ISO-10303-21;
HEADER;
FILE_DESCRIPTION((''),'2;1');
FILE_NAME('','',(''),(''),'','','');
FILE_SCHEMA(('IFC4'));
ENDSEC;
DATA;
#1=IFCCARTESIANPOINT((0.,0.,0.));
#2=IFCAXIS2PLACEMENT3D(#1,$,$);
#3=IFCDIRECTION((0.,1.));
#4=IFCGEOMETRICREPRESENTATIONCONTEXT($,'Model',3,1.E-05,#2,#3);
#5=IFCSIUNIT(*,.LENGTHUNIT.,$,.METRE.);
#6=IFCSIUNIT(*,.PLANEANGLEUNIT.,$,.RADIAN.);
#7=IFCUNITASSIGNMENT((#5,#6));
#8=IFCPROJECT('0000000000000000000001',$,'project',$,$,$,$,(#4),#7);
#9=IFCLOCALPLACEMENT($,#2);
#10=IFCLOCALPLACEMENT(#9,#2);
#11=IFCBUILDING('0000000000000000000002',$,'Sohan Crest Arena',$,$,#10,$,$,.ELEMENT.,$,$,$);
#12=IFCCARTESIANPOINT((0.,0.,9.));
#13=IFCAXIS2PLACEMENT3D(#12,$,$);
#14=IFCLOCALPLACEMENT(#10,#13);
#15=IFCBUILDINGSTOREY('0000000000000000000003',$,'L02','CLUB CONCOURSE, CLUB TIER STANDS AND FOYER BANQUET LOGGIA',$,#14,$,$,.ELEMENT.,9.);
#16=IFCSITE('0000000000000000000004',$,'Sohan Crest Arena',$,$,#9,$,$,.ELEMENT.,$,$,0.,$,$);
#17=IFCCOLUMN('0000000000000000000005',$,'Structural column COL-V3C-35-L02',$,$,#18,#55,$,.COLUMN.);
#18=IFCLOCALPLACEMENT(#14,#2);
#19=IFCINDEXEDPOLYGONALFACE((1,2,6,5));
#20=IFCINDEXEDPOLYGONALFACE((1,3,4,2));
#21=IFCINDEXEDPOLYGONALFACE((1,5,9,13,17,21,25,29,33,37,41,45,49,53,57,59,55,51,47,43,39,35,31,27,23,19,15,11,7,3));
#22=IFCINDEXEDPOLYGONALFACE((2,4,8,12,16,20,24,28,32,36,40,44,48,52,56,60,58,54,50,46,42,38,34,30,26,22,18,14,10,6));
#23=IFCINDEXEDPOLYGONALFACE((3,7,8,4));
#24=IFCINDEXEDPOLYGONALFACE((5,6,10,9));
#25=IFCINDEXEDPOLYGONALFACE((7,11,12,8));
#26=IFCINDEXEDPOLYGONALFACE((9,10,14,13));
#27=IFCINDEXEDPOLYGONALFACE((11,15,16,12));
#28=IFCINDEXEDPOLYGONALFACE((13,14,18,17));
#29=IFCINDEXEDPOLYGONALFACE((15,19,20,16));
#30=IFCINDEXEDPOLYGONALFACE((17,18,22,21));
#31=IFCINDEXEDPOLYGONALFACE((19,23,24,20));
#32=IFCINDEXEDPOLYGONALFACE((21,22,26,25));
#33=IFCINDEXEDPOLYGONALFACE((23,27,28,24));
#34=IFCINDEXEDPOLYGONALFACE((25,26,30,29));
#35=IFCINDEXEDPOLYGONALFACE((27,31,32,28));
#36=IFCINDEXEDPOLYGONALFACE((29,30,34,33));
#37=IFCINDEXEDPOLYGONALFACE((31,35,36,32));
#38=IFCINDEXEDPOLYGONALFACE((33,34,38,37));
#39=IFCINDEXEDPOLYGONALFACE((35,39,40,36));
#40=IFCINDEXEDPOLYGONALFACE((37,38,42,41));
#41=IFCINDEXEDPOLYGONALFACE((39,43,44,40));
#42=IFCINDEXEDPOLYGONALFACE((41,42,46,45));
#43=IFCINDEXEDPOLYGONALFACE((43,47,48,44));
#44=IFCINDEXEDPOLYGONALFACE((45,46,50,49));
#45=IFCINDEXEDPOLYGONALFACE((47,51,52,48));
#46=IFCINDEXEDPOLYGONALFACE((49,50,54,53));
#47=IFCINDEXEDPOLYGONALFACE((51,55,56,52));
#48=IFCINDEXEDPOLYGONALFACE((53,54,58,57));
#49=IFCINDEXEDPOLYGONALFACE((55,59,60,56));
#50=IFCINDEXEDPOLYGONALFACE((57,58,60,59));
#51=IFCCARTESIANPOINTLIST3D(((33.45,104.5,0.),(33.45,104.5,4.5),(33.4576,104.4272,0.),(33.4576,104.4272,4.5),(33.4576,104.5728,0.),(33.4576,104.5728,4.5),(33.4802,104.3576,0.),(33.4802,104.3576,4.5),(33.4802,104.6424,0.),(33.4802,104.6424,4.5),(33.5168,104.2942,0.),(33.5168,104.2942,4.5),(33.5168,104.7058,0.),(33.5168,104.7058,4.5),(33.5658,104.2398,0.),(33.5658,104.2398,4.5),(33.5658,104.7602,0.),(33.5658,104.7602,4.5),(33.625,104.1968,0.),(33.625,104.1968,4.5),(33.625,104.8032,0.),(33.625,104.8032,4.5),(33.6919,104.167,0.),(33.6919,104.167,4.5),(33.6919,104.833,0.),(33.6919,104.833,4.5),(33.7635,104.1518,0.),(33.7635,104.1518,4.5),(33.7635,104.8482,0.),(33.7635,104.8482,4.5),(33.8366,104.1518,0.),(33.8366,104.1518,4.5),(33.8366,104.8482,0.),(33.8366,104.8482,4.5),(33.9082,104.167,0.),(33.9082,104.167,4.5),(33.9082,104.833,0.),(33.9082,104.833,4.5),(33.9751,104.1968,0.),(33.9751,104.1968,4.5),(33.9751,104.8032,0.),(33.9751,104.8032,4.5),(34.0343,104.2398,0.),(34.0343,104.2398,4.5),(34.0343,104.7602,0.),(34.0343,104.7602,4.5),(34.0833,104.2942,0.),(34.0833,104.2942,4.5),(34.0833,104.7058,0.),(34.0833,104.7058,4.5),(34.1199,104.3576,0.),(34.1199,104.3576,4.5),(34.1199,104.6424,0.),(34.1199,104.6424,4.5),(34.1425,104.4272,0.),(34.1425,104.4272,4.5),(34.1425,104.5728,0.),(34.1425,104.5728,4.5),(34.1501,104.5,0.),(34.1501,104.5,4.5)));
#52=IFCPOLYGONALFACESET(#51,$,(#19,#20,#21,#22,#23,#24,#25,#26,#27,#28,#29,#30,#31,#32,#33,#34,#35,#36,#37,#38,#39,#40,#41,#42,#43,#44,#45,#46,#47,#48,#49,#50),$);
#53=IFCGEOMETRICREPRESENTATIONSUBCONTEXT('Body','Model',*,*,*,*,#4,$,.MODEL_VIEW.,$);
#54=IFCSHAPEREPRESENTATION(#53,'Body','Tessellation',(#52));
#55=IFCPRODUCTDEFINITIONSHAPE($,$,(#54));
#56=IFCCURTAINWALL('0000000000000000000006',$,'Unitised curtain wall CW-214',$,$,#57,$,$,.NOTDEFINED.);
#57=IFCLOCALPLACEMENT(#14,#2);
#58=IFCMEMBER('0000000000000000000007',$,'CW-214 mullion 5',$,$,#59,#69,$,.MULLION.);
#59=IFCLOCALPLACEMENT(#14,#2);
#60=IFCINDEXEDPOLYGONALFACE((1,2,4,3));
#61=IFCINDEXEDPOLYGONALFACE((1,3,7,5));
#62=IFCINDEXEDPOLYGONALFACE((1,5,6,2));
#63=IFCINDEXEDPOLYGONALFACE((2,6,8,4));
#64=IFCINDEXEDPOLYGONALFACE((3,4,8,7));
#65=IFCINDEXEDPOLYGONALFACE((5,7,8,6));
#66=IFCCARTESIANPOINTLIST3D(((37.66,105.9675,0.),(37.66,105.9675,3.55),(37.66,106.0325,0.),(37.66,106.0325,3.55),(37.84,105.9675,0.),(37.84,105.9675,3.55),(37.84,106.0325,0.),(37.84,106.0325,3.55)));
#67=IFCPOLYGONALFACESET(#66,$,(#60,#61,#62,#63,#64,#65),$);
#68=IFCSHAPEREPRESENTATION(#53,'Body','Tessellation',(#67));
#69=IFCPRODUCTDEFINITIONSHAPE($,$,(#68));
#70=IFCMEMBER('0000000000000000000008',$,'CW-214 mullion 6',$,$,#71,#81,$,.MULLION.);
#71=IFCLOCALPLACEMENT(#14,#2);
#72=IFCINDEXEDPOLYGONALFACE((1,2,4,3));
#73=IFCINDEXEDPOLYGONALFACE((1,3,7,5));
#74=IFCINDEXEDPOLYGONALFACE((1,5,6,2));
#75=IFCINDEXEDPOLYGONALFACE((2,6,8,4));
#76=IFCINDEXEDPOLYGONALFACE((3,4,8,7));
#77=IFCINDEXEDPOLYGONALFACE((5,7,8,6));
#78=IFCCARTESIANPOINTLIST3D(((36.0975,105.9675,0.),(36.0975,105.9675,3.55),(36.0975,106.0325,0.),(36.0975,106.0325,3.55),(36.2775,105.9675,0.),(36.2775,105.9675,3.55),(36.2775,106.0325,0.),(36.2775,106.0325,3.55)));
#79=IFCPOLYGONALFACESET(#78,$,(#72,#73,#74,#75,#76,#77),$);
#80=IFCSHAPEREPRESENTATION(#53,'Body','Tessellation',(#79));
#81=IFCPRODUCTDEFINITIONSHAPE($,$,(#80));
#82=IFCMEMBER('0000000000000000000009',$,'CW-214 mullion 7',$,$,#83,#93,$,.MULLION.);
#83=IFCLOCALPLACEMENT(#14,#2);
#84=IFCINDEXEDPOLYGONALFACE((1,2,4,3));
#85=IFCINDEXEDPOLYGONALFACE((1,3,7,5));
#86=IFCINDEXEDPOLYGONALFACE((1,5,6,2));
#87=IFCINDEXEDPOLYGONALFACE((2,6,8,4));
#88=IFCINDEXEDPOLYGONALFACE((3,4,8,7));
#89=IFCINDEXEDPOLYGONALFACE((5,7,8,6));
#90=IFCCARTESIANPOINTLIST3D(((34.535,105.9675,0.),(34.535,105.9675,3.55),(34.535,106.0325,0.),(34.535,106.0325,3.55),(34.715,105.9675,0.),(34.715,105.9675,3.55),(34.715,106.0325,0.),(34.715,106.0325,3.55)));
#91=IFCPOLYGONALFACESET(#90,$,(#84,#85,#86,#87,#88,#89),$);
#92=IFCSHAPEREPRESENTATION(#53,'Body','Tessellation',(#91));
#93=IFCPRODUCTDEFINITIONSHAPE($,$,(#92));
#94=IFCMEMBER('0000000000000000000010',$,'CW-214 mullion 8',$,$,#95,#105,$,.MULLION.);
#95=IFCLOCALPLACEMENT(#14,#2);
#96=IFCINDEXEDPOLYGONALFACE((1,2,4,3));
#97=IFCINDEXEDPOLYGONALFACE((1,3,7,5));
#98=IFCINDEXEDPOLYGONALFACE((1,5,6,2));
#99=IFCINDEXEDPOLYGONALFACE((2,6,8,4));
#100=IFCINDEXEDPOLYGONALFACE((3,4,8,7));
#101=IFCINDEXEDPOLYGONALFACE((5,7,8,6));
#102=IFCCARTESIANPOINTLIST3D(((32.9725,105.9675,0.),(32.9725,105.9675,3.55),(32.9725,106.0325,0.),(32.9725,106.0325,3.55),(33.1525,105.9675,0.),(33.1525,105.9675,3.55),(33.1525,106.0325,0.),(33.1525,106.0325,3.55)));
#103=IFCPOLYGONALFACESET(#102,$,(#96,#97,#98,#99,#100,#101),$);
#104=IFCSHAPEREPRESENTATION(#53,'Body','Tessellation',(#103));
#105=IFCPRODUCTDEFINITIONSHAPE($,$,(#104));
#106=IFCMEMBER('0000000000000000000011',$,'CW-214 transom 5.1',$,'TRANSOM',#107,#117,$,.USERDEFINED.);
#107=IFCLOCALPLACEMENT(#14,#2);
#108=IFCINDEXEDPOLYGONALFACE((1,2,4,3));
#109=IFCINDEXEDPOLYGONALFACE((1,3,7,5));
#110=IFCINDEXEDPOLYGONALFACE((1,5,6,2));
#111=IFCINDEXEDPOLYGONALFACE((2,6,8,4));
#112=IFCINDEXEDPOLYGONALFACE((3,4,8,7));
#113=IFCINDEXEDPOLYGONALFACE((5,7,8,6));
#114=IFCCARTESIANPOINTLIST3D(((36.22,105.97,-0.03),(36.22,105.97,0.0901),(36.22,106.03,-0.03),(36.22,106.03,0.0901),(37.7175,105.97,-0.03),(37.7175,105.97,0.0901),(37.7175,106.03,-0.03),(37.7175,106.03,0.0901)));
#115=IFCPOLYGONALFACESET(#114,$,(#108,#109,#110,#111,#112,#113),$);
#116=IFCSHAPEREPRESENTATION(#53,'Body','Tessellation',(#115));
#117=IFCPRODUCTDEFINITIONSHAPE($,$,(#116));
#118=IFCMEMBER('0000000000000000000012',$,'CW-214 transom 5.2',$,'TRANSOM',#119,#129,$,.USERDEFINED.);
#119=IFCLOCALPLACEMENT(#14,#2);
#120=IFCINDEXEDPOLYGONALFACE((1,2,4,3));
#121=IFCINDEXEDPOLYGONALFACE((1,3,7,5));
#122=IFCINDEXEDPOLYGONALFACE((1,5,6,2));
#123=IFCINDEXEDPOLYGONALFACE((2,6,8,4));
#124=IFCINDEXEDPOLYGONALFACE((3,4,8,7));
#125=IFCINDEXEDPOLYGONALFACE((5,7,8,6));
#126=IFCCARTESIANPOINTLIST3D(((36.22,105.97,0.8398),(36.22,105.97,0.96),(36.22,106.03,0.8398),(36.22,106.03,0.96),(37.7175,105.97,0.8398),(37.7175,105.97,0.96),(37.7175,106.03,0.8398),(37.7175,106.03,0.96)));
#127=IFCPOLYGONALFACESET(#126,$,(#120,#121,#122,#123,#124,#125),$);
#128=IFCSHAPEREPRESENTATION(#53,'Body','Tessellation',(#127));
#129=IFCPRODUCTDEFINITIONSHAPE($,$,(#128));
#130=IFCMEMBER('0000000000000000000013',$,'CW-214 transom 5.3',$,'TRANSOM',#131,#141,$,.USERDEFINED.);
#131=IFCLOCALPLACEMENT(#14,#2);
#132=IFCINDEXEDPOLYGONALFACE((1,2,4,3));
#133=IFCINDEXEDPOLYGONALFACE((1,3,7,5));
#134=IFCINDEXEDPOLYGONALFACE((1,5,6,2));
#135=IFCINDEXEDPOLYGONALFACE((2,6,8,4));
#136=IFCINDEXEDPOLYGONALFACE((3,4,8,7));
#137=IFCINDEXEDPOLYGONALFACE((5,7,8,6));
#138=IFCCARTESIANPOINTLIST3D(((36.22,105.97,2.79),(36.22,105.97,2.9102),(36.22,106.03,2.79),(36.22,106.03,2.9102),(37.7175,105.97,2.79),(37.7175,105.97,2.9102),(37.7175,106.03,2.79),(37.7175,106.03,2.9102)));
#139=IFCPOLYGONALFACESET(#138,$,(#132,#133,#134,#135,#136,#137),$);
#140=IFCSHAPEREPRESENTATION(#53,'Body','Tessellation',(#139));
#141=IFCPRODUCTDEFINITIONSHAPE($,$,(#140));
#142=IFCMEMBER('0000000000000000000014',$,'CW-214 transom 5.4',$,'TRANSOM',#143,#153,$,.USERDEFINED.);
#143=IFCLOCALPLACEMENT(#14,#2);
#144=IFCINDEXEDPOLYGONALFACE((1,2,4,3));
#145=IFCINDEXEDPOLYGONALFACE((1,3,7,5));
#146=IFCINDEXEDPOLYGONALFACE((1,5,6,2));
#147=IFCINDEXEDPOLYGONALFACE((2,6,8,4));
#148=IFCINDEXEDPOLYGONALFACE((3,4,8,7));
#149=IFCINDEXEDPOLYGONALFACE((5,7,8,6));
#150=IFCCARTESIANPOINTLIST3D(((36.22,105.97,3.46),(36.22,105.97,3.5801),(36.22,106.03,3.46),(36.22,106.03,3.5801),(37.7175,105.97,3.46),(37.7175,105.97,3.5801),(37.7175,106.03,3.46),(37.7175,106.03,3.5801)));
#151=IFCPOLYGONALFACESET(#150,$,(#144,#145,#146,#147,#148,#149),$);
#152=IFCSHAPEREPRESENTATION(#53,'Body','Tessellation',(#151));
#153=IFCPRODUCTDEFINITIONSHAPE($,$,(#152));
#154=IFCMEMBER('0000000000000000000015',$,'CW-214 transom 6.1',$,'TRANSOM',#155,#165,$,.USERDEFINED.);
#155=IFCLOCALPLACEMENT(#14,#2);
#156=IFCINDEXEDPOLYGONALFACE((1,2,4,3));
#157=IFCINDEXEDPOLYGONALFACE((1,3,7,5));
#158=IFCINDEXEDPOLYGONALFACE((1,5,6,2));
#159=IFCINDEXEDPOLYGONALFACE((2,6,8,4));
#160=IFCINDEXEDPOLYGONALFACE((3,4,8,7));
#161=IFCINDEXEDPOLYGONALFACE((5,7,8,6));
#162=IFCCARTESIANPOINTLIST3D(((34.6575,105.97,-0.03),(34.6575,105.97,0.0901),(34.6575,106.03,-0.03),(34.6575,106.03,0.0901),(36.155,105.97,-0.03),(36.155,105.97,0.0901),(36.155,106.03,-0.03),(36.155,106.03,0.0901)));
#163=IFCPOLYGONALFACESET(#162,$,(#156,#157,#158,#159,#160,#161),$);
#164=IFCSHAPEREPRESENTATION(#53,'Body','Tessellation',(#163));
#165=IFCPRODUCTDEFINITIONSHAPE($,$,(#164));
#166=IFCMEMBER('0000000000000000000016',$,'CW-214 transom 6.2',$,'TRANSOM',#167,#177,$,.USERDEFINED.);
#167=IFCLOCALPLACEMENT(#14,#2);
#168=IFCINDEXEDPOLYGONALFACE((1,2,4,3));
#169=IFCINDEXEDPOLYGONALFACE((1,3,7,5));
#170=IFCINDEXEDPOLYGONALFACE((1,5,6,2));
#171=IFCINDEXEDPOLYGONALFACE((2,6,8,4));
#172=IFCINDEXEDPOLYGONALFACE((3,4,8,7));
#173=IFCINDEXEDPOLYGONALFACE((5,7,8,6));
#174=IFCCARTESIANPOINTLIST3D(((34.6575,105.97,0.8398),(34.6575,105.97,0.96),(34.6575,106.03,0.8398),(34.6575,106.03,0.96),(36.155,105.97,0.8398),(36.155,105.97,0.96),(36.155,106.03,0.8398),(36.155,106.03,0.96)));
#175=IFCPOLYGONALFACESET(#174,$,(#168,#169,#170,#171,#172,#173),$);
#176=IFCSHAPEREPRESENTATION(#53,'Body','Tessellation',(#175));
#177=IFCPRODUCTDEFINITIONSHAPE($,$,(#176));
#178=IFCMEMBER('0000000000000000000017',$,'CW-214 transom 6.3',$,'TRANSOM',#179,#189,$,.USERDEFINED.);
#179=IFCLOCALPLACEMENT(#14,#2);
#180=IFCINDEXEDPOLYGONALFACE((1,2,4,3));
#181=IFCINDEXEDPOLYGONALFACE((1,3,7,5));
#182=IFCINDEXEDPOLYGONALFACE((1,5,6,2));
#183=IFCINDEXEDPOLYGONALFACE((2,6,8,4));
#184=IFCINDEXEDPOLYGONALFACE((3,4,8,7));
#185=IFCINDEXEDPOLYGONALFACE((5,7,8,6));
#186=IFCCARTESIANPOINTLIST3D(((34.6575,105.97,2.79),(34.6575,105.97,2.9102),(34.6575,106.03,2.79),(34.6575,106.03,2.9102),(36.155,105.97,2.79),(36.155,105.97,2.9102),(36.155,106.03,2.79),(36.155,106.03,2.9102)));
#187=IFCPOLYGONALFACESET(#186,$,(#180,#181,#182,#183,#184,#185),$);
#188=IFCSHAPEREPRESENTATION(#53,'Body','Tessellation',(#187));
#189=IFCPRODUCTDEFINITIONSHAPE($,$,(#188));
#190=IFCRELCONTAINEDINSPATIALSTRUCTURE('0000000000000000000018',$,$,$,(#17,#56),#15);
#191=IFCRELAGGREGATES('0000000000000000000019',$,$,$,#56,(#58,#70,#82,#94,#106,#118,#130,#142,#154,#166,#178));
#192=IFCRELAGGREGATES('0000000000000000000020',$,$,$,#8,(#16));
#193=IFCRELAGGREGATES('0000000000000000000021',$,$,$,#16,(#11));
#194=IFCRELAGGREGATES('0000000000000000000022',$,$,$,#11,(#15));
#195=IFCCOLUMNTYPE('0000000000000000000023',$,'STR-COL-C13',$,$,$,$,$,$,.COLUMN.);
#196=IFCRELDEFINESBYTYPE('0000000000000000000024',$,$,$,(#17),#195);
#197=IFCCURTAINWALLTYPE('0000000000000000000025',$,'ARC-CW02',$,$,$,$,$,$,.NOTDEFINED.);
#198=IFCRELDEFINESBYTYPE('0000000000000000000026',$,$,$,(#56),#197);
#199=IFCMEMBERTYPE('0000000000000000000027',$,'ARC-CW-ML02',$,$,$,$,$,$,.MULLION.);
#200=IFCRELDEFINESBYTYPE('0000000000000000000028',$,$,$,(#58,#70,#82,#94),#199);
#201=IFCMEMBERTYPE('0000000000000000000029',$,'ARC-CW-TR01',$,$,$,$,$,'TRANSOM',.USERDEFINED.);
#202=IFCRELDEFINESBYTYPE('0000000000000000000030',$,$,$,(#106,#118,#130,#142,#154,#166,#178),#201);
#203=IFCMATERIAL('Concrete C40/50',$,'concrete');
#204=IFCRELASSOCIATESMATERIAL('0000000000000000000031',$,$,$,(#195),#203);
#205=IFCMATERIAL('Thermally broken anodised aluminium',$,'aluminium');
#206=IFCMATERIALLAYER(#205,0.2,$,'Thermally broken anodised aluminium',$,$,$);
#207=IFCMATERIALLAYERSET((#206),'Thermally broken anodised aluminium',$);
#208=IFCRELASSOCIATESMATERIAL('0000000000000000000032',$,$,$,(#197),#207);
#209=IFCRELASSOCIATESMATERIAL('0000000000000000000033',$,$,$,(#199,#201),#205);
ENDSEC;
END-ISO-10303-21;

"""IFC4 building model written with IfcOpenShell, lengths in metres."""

from ifc_helpers import new_model, si_unit, direction, frame, origin, origin_2d, place, context, subcontext, project, spatial, rectangle, circle, extrude, material, layer, layer_set, material_profile, profile_set, type_object, element, aggregate, save


model = new_model("IFC4")

# Units and contexts
model_context = context("Model", 3, precision=1e-05, world=origin(), true_north=direction((0.0, 1.0)))
body_context = subcontext(model_context, "Body", "Model", "MODEL_VIEW")
ifc_project = project(units=[si_unit("LENGTHUNIT", "METRE"), si_unit("PLANEANGLEUNIT", "RADIAN")], contexts=[model_context])

# Site, building, storey
site_placement = place(None, origin())
site = spatial("IfcSite", under=ifc_project, at=site_placement, Name="Sohan Crest Arena", CompositionType="ELEMENT", RefElevation=0.0)
building_placement = place(site_placement, origin())
building = spatial("IfcBuilding", under=site, at=building_placement, Name="Sohan Crest Arena", CompositionType="ELEMENT")
storey_placement = place(building_placement, frame((0.0, 0.0, 9.0)))
storey = spatial("IfcBuildingStorey", under=building, at=storey_placement, Name="L02", Description="CLUB CONCOURSE, CLUB TIER STANDS AND FOYER BANQUET LOGGIA", CompositionType="ELEMENT", Elevation=9.0)

# Column
ifc_material_1 = material(Name="Concrete C40/50", Category="concrete")
ifc_material_profile_1 = material_profile(ifc_material_1, circle(Radius=0.3501, at=origin_2d()), Name="RC D700")
ifc_profile_set_1 = profile_set([ifc_material_profile_1], Name="Concrete C40/50")
column_type = type_object("IfcColumnType", Name="STR-COL-C13", PredefinedType="COLUMN", material=ifc_profile_set_1)
column_placement = place(storey_placement, frame((33.8, 104.5, 0.0), z_axis=(0.0, 0.0, 1.0), x_axis=(1.0, 0.0, 0.0)))
element("IfcColumn", 1, at=column_placement, inside=storey, type_object=column_type, Name="Structural column COL-V3C-35-L02", PredefinedType="COLUMN", context=body_context, shape_type="SweptSolid", body=[
    extrude(circle(Radius=0.3501, at=origin_2d()), origin(), (0.0, 0.0, 1.0), 4.5),
])

# Curtain wall, members
ifc_material_2 = material(Name="Thermally broken anodised aluminium", Category="aluminium")
ifc_layer_1 = layer(ifc_material_2, 0.2, Name="Thermally broken anodised aluminium")
ifc_layer_set_1 = layer_set([ifc_layer_1], Name="Thermally broken anodised aluminium")
curtain_wall_type = type_object("IfcCurtainWallType", Name="ARC-CW02", PredefinedType="NOTDEFINED", material=ifc_layer_set_1)
curtain_wall_placement = place(storey_placement, origin())
curtain_wall = element("IfcCurtainWall", 2, at=curtain_wall_placement, inside=storey, type_object=curtain_wall_type, Name="Unitised curtain wall CW-214", PredefinedType="NOTDEFINED")
ifc_material_profile_2 = material_profile(ifc_material_2, rectangle(XDim=0.0649, YDim=0.1799, at=origin_2d()), Name="ALU-MULL 65x180")
ifc_profile_set_2 = profile_set([ifc_material_profile_2], Name="Thermally broken anodised aluminium")
member_type_1 = type_object("IfcMemberType", Name="ARC-CW-ML02", PredefinedType="MULLION", material=ifc_profile_set_2)
member_1_placement = place(storey_placement, frame((37.75, 106.0, 0.0), z_axis=(0.0, 0.0, 1.0), x_axis=(0.0, -1.0, 0.0)))
member_1 = element("IfcMember", 3, at=member_1_placement, type_object=member_type_1, Name="CW-214 mullion 5", PredefinedType="MULLION", context=body_context, shape_type="SweptSolid", body=[
    extrude(rectangle(XDim=0.0649, YDim=0.1799, at=origin_2d()), origin(), (0.0, 0.0, 1.0), 3.55),
])
member_2_placement = place(storey_placement, frame((36.1875, 106.0, 0.0), z_axis=(0.0, 0.0, 1.0), x_axis=(0.0, -1.0, 0.0)))
member_2 = element("IfcMember", 4, at=member_2_placement, type_object=member_type_1, Name="CW-214 mullion 6", PredefinedType="MULLION", context=body_context, shape_type="SweptSolid", body=[
    extrude(rectangle(XDim=0.0649, YDim=0.1799, at=origin_2d()), origin(), (0.0, 0.0, 1.0), 3.55),
])
member_3_placement = place(storey_placement, frame((34.625, 106.0, 0.0), z_axis=(0.0, 0.0, 1.0), x_axis=(0.0, -1.0, 0.0)))
member_3 = element("IfcMember", 5, at=member_3_placement, type_object=member_type_1, Name="CW-214 mullion 7", PredefinedType="MULLION", context=body_context, shape_type="SweptSolid", body=[
    extrude(rectangle(XDim=0.0649, YDim=0.1799, at=origin_2d()), origin(), (0.0, 0.0, 1.0), 3.55),
])
member_4_placement = place(storey_placement, frame((33.0625, 106.0, 0.0), z_axis=(0.0, 0.0, 1.0), x_axis=(0.0, -1.0, 0.0)))
member_4 = element("IfcMember", 6, at=member_4_placement, type_object=member_type_1, Name="CW-214 mullion 8", PredefinedType="MULLION", context=body_context, shape_type="SweptSolid", body=[
    extrude(rectangle(XDim=0.0649, YDim=0.1799, at=origin_2d()), origin(), (0.0, 0.0, 1.0), 3.55),
])
ifc_material_profile_3 = material_profile(ifc_material_2, rectangle(XDim=0.0601, YDim=0.1201, at=origin_2d()), Name="ALU-TRAN 60x120")
ifc_profile_set_3 = profile_set([ifc_material_profile_3], Name="Thermally broken anodised aluminium")
member_type_2 = type_object("IfcMemberType", Name="ARC-CW-TR01", ElementType="TRANSOM", PredefinedType="USERDEFINED", material=ifc_profile_set_3)
member_5_placement = place(storey_placement, frame((37.7175, 106.0, 0.03), z_axis=(-1.0, 0.0, 0.0), x_axis=(0.0, -1.0, 0.0)))
member_5 = element("IfcMember", 7, at=member_5_placement, type_object=member_type_2, Name="CW-214 transom 5.1", ObjectType="TRANSOM", PredefinedType="USERDEFINED", context=body_context, shape_type="SweptSolid", body=[
    extrude(rectangle(XDim=0.0601, YDim=0.1201, at=origin_2d()), origin(), (0.0, 0.0, 1.0), 1.4976),
])
member_6_placement = place(storey_placement, frame((37.7175, 106.0, 0.8999), z_axis=(-1.0, 0.0, 0.0), x_axis=(0.0, -1.0, 0.0)))
member_6 = element("IfcMember", 8, at=member_6_placement, type_object=member_type_2, Name="CW-214 transom 5.2", ObjectType="TRANSOM", PredefinedType="USERDEFINED", context=body_context, shape_type="SweptSolid", body=[
    extrude(rectangle(XDim=0.0601, YDim=0.1201, at=origin_2d()), origin(), (0.0, 0.0, 1.0), 1.4976),
])
member_7_placement = place(storey_placement, frame((37.7175, 106.0, 2.8501), z_axis=(-1.0, 0.0, 0.0), x_axis=(0.0, -1.0, 0.0)))
member_7 = element("IfcMember", 9, at=member_7_placement, type_object=member_type_2, Name="CW-214 transom 5.3", ObjectType="TRANSOM", PredefinedType="USERDEFINED", context=body_context, shape_type="SweptSolid", body=[
    extrude(rectangle(XDim=0.0601, YDim=0.1201, at=origin_2d()), origin(), (0.0, 0.0, 1.0), 1.4976),
])
member_8_placement = place(storey_placement, frame((37.7175, 106.0, 3.52), z_axis=(-1.0, 0.0, 0.0), x_axis=(0.0, -1.0, 0.0)))
member_8 = element("IfcMember", 10, at=member_8_placement, type_object=member_type_2, Name="CW-214 transom 5.4", ObjectType="TRANSOM", PredefinedType="USERDEFINED", context=body_context, shape_type="SweptSolid", body=[
    extrude(rectangle(XDim=0.0601, YDim=0.1201, at=origin_2d()), origin(), (0.0, 0.0, 1.0), 1.4976),
])
member_9_placement = place(storey_placement, frame((36.155, 106.0, 0.03), z_axis=(-1.0, 0.0, 0.0), x_axis=(0.0, -1.0, 0.0)))
member_9 = element("IfcMember", 11, at=member_9_placement, type_object=member_type_2, Name="CW-214 transom 6.1", ObjectType="TRANSOM", PredefinedType="USERDEFINED", context=body_context, shape_type="SweptSolid", body=[
    extrude(rectangle(XDim=0.0601, YDim=0.1201, at=origin_2d()), origin(), (0.0, 0.0, 1.0), 1.4976),
])
member_10_placement = place(storey_placement, frame((36.155, 106.0, 0.8999), z_axis=(-1.0, 0.0, 0.0), x_axis=(0.0, -1.0, 0.0)))
member_10 = element("IfcMember", 12, at=member_10_placement, type_object=member_type_2, Name="CW-214 transom 6.2", ObjectType="TRANSOM", PredefinedType="USERDEFINED", context=body_context, shape_type="SweptSolid", body=[
    extrude(rectangle(XDim=0.0601, YDim=0.1201, at=origin_2d()), origin(), (0.0, 0.0, 1.0), 1.4976),
])
member_11_placement = place(storey_placement, frame((36.155, 106.0, 2.8501), z_axis=(-1.0, 0.0, 0.0), x_axis=(0.0, -1.0, 0.0)))
member_11 = element("IfcMember", 13, at=member_11_placement, type_object=member_type_2, Name="CW-214 transom 6.3", ObjectType="TRANSOM", PredefinedType="USERDEFINED", context=body_context, shape_type="SweptSolid", body=[
    extrude(rectangle(XDim=0.0601, YDim=0.1201, at=origin_2d()), origin(), (0.0, 0.0, 1.0), 1.4976),
])

aggregate(curtain_wall, [member_1, member_2, member_3, member_4, member_5, member_6, member_7, member_8, member_9, member_10, member_11])

save(model, "model.ifc")
